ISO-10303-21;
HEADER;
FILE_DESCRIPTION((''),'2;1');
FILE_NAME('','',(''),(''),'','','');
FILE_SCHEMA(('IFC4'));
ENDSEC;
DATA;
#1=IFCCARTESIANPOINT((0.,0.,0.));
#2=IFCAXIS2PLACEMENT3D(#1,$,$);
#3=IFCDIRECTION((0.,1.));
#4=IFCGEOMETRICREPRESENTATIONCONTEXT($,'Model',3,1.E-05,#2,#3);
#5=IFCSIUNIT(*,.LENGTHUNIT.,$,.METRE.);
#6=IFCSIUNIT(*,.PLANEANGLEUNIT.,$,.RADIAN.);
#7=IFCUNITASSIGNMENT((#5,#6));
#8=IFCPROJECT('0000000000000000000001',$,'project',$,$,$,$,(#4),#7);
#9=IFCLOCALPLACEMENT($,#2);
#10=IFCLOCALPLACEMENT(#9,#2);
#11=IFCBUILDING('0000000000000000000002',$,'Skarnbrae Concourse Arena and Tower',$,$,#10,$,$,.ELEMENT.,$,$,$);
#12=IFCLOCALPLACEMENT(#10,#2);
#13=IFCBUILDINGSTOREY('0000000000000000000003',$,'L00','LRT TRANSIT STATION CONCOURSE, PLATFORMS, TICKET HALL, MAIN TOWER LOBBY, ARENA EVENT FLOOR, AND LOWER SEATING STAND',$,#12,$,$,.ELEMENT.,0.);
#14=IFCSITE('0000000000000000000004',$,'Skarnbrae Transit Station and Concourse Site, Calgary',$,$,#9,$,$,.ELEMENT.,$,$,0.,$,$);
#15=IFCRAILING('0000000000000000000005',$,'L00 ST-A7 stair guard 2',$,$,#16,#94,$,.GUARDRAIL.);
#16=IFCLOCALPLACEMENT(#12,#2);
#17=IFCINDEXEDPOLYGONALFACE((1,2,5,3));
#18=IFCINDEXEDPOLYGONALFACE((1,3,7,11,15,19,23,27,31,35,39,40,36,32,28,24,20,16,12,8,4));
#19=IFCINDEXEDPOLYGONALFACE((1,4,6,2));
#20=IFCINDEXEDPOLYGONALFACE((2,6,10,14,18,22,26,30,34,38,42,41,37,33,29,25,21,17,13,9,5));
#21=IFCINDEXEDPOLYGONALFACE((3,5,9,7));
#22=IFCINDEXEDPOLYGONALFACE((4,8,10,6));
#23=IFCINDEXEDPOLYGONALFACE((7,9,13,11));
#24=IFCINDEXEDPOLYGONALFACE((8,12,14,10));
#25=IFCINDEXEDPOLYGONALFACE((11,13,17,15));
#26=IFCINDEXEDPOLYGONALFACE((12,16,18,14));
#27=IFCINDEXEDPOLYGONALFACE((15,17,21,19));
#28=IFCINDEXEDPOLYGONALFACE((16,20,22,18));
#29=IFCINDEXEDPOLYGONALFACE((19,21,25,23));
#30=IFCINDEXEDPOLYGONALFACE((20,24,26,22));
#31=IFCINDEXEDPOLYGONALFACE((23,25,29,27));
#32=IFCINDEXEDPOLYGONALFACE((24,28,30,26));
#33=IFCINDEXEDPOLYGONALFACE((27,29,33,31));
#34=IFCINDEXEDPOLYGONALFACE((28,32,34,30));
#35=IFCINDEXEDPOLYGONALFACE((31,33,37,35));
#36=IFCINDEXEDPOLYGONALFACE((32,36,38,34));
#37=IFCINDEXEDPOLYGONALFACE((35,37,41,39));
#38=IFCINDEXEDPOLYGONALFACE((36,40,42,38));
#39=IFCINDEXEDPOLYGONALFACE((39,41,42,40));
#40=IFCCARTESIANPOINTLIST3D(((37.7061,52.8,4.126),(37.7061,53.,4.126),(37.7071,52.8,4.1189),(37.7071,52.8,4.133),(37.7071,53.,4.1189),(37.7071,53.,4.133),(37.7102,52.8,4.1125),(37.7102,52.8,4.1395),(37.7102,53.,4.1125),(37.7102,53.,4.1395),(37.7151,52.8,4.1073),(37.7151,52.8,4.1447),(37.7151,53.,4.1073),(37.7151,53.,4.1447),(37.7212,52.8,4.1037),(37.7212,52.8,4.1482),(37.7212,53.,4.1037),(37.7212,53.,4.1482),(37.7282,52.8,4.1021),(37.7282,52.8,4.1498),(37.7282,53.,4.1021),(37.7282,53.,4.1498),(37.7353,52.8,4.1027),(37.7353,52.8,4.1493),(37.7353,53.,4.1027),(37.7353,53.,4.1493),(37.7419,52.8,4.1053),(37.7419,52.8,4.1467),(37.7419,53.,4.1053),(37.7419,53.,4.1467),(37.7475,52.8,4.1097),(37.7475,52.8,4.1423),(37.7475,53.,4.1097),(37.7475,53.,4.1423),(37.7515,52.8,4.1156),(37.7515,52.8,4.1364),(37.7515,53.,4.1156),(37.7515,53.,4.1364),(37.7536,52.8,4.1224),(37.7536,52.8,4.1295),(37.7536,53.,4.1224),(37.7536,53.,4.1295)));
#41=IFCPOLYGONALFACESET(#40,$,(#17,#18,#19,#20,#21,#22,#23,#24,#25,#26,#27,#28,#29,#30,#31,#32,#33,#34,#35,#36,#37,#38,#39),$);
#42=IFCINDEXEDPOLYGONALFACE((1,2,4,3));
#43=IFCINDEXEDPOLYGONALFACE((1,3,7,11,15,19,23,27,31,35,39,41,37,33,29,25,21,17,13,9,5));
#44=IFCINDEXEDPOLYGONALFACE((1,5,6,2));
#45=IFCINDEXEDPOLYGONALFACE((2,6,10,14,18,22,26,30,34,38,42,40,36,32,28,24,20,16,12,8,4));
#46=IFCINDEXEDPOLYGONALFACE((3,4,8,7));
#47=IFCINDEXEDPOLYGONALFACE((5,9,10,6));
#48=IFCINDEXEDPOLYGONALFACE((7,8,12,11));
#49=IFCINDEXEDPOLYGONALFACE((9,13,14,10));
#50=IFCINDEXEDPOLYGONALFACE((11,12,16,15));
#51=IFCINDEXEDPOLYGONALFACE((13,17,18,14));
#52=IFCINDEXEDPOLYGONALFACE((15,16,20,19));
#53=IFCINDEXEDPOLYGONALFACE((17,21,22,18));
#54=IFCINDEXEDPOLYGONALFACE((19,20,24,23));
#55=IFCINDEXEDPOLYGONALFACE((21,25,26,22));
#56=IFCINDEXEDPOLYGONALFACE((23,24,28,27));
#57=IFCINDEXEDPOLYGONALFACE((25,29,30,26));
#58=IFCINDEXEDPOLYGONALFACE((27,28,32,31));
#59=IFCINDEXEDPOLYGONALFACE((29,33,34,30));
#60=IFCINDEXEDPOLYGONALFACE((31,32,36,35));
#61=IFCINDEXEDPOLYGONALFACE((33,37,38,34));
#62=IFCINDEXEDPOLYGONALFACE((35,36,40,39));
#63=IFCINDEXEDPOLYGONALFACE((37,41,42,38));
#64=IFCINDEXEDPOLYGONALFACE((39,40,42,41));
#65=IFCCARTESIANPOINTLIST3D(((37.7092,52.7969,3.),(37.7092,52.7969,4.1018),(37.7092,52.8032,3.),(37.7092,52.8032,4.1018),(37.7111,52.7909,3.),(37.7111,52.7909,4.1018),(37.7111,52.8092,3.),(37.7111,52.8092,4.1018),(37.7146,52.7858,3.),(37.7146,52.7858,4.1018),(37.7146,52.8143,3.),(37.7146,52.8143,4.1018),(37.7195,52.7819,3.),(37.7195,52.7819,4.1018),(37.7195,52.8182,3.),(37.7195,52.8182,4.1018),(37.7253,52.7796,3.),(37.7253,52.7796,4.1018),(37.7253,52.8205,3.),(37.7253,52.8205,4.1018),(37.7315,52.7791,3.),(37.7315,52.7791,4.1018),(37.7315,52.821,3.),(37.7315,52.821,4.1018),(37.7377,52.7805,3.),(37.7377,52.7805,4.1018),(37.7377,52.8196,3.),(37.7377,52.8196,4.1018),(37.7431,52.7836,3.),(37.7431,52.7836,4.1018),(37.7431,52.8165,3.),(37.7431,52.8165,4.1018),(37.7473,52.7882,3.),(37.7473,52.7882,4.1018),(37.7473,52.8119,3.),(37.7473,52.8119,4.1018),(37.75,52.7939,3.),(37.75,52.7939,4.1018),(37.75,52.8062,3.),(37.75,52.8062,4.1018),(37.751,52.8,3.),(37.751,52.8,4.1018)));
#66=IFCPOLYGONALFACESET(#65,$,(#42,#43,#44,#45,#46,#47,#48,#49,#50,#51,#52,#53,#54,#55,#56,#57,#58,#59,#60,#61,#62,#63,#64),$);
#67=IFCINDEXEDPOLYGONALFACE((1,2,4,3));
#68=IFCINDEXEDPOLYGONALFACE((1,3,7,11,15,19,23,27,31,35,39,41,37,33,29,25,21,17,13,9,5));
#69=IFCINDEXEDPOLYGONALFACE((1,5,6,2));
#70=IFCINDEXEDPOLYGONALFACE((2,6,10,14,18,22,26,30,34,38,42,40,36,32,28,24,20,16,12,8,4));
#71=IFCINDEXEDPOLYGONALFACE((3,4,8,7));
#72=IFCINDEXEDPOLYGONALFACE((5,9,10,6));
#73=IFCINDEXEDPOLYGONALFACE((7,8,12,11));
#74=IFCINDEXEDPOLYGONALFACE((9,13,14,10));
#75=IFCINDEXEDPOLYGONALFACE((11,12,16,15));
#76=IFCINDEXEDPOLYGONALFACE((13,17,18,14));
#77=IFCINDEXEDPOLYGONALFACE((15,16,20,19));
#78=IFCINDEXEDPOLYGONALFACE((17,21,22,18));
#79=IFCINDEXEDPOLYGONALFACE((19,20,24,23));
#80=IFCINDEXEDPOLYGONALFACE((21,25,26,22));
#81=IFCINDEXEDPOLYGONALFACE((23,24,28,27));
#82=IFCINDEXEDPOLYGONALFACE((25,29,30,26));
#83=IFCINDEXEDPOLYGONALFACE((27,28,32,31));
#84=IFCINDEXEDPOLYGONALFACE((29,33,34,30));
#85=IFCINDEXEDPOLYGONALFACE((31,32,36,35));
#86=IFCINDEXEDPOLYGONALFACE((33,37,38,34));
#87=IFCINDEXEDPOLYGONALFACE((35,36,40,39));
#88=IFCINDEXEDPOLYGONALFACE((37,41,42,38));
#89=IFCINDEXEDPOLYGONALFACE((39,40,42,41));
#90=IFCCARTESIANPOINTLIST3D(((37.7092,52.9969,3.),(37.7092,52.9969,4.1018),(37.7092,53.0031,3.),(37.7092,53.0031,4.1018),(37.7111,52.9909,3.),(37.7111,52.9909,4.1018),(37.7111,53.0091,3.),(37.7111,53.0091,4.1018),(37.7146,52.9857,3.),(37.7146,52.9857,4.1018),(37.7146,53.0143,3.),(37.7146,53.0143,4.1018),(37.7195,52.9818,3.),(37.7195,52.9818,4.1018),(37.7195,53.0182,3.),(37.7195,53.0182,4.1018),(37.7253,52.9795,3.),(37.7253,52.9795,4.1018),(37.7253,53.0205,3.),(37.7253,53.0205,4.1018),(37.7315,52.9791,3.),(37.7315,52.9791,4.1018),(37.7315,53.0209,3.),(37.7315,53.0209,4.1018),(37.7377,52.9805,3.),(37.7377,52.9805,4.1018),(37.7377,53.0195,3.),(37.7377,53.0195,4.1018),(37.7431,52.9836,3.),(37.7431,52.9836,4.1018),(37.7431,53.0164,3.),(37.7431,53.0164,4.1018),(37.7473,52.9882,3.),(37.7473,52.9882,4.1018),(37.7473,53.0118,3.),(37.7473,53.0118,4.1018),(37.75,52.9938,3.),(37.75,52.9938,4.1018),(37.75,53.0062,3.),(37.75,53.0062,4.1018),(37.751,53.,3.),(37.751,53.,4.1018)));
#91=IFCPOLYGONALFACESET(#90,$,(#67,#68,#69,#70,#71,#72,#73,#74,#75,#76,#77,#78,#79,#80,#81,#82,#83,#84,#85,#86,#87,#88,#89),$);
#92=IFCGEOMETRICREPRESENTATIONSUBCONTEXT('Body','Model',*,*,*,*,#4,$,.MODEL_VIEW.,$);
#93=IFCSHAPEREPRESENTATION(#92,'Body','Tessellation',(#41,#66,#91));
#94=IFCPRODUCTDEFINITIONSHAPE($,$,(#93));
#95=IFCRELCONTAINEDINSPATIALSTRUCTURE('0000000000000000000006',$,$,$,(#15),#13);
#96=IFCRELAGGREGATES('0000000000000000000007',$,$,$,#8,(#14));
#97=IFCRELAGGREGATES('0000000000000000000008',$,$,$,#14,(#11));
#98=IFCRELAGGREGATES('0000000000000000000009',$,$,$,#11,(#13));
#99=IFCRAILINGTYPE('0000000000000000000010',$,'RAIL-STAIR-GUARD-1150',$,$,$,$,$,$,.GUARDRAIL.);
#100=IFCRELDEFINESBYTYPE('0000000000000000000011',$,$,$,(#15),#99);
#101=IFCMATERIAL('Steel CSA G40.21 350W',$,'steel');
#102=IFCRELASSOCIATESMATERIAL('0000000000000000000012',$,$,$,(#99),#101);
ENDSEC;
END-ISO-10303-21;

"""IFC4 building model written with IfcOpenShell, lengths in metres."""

from ifc_helpers import new_model, si_unit, direction, frame, origin, origin_2d, place, context, subcontext, project, spatial, circle, extrude, material, type_object, element, save


model = new_model("IFC4")

# Units and contexts
model_context = context("Model", 3, precision=1e-05, world=origin(), true_north=direction((0.0, 1.0)))
body_context = subcontext(model_context, "Body", "Model", "MODEL_VIEW")
ifc_project = project(units=[si_unit("LENGTHUNIT", "METRE"), si_unit("PLANEANGLEUNIT", "RADIAN")], contexts=[model_context])

# Site, building, storey
site_placement = place(None, origin())
site = spatial("IfcSite", under=ifc_project, at=site_placement, Name="Skarnbrae Transit Station and Concourse Site, Calgary", CompositionType="ELEMENT", RefElevation=0.0)
building_placement = place(site_placement, origin())
building = spatial("IfcBuilding", under=site, at=building_placement, Name="Skarnbrae Concourse Arena and Tower", CompositionType="ELEMENT")
storey_placement = place(building_placement, origin())
storey = spatial("IfcBuildingStorey", under=building, at=storey_placement, Name="L00", Description="LRT TRANSIT STATION CONCOURSE, PLATFORMS, TICKET HALL, MAIN TOWER LOBBY, ARENA EVENT FLOOR, AND LOWER SEATING STAND", CompositionType="ELEMENT", Elevation=0.0)

# Shared definitions
ifc_material_1 = material(Name="Steel CSA G40.21 350W", Category="steel")

# Railing
railing_type_1 = type_object("IfcRailingType", Name="RAIL-STAIR-GUARD-1150", PredefinedType="GUARDRAIL", material=ifc_material_1)
railing_1_placement = place(storey_placement, frame((37.73, 52.8, 3.0)))
element("IfcRailing", 1, at=railing_1_placement, inside=storey, type_object=railing_type_1, Name="L00 ST-A7 stair guard 2", PredefinedType="GUARDRAIL", context=body_context, shape_type="SweptSolid", body=[
    extrude(circle(Radius=0.0239, at=origin_2d()), frame((0.0, 0.0, 1.126), z_axis=(0.0, 1.0, 0.0), x_axis=(-1.0, 0.0, 0.0)), (0.0, 0.0, 1.0), 0.2),
    extrude(circle(Radius=0.021, at=origin_2d()), origin(), (0.0, 0.0, 1.0), 1.1018),
    extrude(circle(Radius=0.021, at=origin_2d()), frame((0.0, 0.2, 0.0)), (0.0, 0.0, 1.0), 1.1018),
])

save(model, "model.ifc")
